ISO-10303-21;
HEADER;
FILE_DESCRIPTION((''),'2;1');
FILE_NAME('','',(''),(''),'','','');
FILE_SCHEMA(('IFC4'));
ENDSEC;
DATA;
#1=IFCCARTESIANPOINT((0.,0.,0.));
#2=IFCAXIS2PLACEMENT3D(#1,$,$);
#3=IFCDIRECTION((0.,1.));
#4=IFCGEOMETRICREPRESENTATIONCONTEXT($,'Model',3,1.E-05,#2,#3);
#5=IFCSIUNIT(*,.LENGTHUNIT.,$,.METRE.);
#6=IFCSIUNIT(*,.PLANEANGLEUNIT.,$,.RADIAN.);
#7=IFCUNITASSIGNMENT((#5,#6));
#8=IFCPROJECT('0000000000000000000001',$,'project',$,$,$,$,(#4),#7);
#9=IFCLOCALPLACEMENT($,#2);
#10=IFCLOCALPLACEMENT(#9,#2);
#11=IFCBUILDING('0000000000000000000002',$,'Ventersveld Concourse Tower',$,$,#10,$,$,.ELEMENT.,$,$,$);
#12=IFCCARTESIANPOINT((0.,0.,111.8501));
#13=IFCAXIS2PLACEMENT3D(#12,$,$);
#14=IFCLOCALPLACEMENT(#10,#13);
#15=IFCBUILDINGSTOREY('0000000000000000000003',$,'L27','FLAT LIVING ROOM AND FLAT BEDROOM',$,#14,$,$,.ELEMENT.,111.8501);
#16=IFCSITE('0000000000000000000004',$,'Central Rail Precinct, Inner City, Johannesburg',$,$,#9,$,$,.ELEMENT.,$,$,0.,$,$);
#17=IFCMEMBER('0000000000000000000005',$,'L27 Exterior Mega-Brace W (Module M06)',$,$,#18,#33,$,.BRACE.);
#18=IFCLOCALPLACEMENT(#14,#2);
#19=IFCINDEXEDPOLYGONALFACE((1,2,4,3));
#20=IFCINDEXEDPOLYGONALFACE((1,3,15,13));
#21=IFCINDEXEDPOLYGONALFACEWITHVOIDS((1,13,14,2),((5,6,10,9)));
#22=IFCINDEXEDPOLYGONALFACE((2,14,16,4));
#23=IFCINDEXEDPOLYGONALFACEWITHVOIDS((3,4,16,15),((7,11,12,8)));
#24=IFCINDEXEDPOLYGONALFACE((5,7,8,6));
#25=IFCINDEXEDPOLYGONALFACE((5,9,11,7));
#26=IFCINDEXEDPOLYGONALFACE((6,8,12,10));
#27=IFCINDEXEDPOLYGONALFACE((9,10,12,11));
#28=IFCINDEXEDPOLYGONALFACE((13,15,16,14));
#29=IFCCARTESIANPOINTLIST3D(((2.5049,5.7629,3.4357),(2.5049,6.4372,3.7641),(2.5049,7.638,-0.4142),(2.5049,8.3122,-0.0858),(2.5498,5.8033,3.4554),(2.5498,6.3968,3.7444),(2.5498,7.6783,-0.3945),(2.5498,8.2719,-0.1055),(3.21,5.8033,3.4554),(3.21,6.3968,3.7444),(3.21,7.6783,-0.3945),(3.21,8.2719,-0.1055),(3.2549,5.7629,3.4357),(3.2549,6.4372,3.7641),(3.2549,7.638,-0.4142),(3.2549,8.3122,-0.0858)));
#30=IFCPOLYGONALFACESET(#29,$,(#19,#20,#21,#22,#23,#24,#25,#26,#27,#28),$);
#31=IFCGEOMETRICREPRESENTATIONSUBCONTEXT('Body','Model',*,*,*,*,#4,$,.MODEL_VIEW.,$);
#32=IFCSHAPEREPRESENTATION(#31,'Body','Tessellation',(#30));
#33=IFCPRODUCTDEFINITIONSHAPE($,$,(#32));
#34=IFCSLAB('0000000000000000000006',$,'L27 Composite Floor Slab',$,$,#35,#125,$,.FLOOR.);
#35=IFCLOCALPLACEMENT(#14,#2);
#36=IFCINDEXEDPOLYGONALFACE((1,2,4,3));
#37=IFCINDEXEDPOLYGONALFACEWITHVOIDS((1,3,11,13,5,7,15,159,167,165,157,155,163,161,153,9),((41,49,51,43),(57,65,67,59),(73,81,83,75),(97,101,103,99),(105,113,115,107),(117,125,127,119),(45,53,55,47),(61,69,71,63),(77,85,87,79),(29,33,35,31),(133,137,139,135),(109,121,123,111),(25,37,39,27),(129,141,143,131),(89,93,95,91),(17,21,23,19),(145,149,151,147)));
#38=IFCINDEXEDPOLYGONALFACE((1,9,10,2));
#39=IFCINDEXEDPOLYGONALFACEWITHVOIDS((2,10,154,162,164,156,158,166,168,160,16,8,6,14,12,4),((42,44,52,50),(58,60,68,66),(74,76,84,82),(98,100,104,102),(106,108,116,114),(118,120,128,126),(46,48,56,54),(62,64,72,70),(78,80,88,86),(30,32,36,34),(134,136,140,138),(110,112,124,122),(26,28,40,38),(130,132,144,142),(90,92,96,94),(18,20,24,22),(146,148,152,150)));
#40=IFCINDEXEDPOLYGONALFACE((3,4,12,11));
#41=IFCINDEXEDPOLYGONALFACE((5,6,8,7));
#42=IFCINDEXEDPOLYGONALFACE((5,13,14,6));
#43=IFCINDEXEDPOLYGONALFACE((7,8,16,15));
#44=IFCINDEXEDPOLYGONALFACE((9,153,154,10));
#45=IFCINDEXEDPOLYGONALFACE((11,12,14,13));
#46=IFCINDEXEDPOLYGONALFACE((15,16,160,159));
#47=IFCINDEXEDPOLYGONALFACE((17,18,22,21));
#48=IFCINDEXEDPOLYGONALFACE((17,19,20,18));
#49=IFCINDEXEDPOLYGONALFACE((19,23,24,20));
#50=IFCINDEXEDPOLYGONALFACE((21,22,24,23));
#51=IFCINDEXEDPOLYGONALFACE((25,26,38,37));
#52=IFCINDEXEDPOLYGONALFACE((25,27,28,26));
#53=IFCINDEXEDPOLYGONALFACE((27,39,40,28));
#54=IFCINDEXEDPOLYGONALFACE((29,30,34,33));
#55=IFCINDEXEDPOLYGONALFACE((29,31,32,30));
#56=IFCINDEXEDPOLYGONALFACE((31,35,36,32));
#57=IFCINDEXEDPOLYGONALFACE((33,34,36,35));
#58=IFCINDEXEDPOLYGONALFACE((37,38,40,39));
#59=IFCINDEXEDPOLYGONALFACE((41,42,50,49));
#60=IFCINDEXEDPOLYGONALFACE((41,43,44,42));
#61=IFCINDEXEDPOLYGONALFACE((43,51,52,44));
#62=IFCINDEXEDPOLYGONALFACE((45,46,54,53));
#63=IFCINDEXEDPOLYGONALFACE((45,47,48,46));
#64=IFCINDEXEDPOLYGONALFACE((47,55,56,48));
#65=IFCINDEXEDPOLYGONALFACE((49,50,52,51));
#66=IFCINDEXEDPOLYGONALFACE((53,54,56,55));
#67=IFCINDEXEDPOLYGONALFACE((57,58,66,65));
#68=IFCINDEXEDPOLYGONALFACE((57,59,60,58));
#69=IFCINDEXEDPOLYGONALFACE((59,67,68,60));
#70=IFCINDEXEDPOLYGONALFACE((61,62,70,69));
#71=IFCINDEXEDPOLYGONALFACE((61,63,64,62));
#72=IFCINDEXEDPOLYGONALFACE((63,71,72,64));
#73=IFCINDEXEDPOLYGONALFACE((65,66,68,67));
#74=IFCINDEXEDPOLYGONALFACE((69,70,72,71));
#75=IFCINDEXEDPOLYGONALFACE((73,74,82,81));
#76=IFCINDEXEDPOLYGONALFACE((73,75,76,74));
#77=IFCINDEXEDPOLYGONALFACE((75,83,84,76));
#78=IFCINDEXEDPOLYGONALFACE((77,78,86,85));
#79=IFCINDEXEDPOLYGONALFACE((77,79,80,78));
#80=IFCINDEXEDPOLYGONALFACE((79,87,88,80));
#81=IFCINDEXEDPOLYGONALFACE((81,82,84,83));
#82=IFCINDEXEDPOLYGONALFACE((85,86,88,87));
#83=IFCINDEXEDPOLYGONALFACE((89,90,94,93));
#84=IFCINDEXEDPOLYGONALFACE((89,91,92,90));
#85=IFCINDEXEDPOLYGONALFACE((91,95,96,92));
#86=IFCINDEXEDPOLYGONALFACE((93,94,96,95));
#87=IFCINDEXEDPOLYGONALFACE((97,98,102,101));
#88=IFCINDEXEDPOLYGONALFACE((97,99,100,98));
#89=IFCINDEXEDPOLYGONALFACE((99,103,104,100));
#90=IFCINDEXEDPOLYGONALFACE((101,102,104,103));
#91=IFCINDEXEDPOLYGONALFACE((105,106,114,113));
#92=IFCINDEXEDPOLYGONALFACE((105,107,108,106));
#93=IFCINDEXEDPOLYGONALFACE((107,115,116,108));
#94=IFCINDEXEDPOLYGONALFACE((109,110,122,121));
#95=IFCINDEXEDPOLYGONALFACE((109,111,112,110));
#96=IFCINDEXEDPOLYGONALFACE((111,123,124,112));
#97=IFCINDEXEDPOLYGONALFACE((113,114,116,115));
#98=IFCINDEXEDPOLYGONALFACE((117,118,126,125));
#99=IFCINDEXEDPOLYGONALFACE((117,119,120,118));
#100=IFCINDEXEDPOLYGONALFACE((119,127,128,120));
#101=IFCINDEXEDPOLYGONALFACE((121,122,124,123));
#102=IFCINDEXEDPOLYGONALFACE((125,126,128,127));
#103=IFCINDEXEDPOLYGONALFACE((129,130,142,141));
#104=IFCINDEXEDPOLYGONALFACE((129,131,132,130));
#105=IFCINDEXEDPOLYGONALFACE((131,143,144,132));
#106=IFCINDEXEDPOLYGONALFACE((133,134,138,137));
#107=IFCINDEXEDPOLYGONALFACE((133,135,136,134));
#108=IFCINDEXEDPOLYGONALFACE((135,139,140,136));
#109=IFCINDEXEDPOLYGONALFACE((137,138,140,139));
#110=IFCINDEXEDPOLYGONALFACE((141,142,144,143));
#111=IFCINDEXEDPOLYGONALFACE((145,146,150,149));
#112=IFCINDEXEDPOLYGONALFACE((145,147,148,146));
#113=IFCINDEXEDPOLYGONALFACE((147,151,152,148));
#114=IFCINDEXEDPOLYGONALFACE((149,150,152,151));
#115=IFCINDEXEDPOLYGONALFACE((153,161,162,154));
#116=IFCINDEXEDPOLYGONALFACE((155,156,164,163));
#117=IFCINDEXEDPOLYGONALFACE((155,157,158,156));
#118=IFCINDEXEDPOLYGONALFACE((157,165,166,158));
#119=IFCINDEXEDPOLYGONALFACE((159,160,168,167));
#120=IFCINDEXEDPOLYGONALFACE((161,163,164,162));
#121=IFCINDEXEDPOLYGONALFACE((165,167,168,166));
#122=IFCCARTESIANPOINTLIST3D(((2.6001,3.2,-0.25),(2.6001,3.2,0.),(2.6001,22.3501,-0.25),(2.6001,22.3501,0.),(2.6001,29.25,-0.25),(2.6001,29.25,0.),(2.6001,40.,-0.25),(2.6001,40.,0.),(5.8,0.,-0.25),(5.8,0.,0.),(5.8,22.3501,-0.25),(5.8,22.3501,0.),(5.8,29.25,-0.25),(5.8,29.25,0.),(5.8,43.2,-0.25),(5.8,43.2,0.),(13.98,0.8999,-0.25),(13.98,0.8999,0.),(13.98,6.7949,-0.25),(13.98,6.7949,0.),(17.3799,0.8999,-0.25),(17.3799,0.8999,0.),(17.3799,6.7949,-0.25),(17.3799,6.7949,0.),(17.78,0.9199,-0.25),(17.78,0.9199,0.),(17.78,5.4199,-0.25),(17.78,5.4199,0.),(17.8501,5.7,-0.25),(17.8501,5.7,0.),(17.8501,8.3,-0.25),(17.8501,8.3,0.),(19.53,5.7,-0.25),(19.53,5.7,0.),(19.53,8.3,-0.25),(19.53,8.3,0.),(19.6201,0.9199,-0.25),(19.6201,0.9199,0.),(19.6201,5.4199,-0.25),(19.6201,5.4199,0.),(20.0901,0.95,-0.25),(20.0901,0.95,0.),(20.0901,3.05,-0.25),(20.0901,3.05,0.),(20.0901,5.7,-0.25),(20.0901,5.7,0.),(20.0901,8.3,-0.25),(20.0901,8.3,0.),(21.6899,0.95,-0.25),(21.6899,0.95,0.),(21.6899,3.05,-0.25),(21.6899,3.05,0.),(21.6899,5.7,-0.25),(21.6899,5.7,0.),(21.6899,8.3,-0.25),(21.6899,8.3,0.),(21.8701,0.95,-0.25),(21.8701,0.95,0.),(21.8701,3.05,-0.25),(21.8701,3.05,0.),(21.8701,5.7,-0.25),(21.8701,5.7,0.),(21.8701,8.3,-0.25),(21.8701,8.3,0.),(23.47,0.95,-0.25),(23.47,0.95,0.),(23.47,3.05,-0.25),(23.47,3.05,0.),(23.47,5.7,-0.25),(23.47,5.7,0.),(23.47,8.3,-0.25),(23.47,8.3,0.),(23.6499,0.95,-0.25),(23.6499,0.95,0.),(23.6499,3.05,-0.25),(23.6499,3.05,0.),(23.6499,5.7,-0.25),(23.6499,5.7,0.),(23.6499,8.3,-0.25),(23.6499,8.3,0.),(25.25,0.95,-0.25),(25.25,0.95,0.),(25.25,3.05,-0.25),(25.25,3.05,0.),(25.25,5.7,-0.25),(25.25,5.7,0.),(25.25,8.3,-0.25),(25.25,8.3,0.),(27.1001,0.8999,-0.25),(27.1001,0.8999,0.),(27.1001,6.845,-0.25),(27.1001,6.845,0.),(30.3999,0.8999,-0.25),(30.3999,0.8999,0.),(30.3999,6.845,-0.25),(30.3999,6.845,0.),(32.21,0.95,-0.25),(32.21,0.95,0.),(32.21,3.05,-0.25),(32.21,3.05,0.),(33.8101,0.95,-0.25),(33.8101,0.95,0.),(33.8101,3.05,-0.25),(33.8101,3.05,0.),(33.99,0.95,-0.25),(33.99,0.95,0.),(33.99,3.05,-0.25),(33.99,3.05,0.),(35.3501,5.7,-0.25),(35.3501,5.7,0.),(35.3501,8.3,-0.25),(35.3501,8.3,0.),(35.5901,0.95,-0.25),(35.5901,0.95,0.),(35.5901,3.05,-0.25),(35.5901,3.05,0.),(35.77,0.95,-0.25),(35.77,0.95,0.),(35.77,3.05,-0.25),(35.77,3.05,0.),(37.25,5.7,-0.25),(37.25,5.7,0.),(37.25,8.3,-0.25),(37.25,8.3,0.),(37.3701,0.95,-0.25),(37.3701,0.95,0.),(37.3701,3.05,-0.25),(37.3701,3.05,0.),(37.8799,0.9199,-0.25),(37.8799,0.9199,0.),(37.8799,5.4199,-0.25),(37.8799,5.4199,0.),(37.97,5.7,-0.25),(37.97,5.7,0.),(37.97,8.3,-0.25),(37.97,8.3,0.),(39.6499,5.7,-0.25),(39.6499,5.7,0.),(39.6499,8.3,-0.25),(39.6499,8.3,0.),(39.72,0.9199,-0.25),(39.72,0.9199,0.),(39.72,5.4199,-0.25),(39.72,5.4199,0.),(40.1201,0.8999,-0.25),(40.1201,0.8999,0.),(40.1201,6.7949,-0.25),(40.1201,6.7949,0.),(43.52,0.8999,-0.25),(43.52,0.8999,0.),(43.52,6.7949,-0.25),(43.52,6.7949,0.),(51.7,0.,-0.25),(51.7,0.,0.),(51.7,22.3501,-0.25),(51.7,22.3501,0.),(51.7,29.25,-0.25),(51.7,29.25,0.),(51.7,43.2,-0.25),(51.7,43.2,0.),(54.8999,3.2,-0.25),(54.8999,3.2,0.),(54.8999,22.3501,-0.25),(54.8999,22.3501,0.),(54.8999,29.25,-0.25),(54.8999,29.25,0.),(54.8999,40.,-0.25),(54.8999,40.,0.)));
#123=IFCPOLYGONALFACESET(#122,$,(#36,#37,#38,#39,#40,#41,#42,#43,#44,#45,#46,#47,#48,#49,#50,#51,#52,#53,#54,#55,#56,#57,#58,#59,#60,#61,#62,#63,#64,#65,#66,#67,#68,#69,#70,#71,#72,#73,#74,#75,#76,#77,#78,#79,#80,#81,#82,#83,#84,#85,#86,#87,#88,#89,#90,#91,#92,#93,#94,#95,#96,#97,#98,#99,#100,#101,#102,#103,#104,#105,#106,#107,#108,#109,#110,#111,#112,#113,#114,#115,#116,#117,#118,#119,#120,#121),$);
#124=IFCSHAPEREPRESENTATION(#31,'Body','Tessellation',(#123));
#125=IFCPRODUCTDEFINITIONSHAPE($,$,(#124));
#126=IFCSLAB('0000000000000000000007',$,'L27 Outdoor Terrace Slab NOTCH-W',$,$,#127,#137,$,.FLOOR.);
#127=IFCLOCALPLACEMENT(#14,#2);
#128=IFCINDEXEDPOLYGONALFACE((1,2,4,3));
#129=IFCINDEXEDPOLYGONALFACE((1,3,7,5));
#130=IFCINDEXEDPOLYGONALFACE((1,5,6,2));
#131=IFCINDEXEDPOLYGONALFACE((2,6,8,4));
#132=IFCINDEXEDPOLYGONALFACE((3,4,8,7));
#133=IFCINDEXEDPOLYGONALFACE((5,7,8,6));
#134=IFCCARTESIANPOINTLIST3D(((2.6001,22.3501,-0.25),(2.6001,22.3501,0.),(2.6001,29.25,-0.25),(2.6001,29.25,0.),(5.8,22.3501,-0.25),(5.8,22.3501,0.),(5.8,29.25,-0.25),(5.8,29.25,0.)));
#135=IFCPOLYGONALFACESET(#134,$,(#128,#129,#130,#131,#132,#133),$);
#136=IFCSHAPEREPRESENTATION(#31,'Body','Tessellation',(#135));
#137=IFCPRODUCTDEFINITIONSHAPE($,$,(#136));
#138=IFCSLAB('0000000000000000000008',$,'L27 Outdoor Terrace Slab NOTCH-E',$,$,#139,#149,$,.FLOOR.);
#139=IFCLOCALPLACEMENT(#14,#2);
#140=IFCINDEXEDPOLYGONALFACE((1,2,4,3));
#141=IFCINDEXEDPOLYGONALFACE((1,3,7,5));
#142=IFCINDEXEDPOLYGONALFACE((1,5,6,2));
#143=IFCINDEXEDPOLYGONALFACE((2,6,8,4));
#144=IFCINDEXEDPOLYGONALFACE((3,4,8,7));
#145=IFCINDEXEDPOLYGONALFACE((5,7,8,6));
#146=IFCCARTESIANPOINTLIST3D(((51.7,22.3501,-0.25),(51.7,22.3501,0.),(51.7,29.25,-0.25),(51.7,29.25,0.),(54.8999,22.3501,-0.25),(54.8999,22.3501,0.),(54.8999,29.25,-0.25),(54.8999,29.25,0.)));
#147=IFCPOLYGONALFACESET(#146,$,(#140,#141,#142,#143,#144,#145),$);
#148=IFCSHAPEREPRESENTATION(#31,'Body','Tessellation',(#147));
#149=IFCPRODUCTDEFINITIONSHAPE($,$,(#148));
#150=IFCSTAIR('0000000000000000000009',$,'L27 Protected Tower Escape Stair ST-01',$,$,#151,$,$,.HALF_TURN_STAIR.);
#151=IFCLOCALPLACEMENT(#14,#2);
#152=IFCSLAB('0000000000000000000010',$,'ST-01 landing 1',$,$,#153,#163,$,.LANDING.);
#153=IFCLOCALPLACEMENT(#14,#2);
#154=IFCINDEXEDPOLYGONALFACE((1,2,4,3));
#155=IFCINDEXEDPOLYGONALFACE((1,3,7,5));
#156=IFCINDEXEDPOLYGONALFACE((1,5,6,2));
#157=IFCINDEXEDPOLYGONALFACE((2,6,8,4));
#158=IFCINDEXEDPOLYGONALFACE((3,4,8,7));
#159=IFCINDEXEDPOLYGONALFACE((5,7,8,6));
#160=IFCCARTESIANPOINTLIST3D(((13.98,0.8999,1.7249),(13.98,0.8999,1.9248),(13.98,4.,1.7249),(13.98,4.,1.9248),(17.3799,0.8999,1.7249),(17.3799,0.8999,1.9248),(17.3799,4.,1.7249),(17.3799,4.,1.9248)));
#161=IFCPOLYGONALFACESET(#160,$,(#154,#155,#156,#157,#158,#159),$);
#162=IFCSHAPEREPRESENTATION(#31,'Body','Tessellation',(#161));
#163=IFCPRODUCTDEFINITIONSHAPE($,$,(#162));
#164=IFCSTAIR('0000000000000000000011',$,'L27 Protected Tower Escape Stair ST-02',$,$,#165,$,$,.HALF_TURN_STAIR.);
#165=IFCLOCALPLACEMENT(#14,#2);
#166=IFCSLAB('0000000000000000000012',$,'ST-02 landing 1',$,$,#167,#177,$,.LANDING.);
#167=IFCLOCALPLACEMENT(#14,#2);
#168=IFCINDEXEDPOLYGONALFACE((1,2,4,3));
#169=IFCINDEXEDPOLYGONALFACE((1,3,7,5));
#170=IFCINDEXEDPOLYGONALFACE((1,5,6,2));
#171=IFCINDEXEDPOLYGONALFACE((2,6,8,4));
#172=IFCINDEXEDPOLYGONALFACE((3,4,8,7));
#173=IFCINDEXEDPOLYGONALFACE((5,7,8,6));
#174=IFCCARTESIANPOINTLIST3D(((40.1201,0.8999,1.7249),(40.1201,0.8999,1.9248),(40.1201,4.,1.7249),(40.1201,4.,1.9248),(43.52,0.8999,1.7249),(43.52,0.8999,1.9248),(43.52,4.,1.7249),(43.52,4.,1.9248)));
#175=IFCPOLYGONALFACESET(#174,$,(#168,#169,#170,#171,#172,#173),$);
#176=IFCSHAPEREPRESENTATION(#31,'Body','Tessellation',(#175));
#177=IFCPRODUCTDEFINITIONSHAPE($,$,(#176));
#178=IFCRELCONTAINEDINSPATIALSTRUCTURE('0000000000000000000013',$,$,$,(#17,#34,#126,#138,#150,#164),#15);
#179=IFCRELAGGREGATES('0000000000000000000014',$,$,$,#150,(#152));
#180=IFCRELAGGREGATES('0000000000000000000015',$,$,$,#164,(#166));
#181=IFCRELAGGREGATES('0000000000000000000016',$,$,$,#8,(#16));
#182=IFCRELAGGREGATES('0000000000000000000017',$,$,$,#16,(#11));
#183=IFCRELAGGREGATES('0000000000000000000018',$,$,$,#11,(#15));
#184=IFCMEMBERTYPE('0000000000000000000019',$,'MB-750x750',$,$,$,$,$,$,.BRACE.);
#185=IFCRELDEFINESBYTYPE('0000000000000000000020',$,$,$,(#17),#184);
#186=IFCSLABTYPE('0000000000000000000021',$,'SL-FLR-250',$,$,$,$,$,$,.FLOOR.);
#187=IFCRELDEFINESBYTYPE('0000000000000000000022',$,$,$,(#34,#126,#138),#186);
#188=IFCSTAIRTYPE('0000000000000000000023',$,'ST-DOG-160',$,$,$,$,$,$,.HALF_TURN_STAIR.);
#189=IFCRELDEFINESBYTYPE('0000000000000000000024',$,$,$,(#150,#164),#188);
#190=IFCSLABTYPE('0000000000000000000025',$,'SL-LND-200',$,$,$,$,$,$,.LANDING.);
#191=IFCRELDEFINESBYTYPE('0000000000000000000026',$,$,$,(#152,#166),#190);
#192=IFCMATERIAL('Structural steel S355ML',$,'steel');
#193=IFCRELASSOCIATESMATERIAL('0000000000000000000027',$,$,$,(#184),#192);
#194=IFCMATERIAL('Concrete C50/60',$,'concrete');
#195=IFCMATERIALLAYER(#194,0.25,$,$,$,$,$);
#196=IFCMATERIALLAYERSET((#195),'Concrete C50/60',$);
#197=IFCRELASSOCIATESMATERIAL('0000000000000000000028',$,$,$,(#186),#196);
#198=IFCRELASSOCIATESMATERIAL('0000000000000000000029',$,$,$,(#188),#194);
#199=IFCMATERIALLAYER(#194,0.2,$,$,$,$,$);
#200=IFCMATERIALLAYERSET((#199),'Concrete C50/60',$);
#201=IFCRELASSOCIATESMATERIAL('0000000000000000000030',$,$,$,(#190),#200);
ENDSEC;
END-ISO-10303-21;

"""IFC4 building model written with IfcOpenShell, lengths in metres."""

from ifc_helpers import new_model, si_unit, direction, frame, origin, origin_2d, place, context, subcontext, project, spatial, polyline, hollow_rectangle, outline, extrude, material, layer, layer_set, material_profile, profile_set, type_object, element, aggregate, save


model = new_model("IFC4")

# Units and contexts
model_context = context("Model", 3, precision=1e-05, world=origin(), true_north=direction((0.0, 1.0)))
body_context = subcontext(model_context, "Body", "Model", "MODEL_VIEW")
ifc_project = project(units=[si_unit("LENGTHUNIT", "METRE"), si_unit("PLANEANGLEUNIT", "RADIAN")], contexts=[model_context])

# Site, building, storey
site_placement = place(None, origin())
site = spatial("IfcSite", under=ifc_project, at=site_placement, Name="Central Rail Precinct, Inner City, Johannesburg", CompositionType="ELEMENT", RefElevation=0.0)
building_placement = place(site_placement, origin())
building = spatial("IfcBuilding", under=site, at=building_placement, Name="Ventersveld Concourse Tower", CompositionType="ELEMENT")
storey_placement = place(building_placement, frame((0.0, 0.0, 111.8501)))
storey = spatial("IfcBuildingStorey", under=building, at=storey_placement, Name="L27", Description="FLAT LIVING ROOM AND FLAT BEDROOM", CompositionType="ELEMENT", Elevation=111.8501)

# Member
ifc_material_1 = material(Name="Structural steel S355ML", Category="steel")
ifc_material_profile = material_profile(ifc_material_1, hollow_rectangle(XDim=0.75, YDim=0.75, WallThickness=0.0449, at=origin_2d()), Name="BOX 750x750x45")
ifc_profile_set = profile_set([ifc_material_profile], Name="Structural steel S355ML")
member_type = type_object("IfcMemberType", Name="MB-750x750", PredefinedType="BRACE", material=ifc_profile_set)
member_placement = place(storey_placement, frame((2.8799, 7.9751, -0.25), z_axis=(0.0, -0.437862, 0.899042), x_axis=(1.0, 0.0, 0.0)))
element("IfcMember", 1, at=member_placement, inside=storey, type_object=member_type, Name="L27 Exterior Mega-Brace W (Module M06)", PredefinedType="BRACE", context=body_context, shape_type="SweptSolid", body=[
    extrude(hollow_rectangle(XDim=0.75, YDim=0.75, WallThickness=0.0449, at=origin_2d()), origin(), (0.0, 0.0, 1.0), 4.2822),
])

# Slabs
ifc_material_2 = material(Name="Concrete C50/60", Category="concrete")
ifc_layer_1 = layer(ifc_material_2, 0.25)
ifc_layer_set_1 = layer_set([ifc_layer_1], Name="Concrete C50/60")
slab_type_1 = type_object("IfcSlabType", Name="SL-FLR-250", PredefinedType="FLOOR", material=ifc_layer_set_1)
slab_1_placement = place(storey_placement, frame((0.0, 0.0, -0.25)))
element("IfcSlab", 2, at=slab_1_placement, inside=storey, type_object=slab_type_1, Name="L27 Composite Floor Slab", PredefinedType="FLOOR", context=body_context, shape_type="SweptSolid", body=[
    extrude(outline(polyline([(5.8, 0.0), (51.7, 0.0), (54.8999, 3.2), (54.8999, 22.3501), (51.7, 22.3501), (51.7, 29.25), (54.8999, 29.25), (54.8999, 40.0), (51.7, 43.2), (5.8, 43.2), (2.6001, 40.0), (2.6001, 29.25), (5.8, 29.25), (5.8, 22.3501), (2.6001, 22.3501), (2.6001, 3.2), (5.8, 0.0)]), holes=[polyline([(13.98, 6.7949), (13.98, 0.8999), (17.3799, 0.8999), (17.3799, 6.7949), (13.98, 6.7949)]), polyline([(40.1201, 6.7949), (40.1201, 0.8999), (43.52, 0.8999), (43.52, 6.7949), (40.1201, 6.7949)]), polyline([(27.1001, 6.845), (27.1001, 0.8999), (30.3999, 0.8999), (30.3999, 6.845), (27.1001, 6.845)]), polyline([(17.8501, 5.7), (19.53, 5.7), (19.53, 8.3), (17.8501, 8.3), (17.8501, 5.7)]), polyline([(37.97, 5.7), (39.6499, 5.7), (39.6499, 8.3), (37.97, 8.3), (37.97, 5.7)]), polyline([(35.3501, 5.7), (37.25, 5.7), (37.25, 8.3), (35.3501, 8.3), (35.3501, 5.7)]), polyline([(20.0901, 0.95), (21.6899, 0.95), (21.6899, 3.05), (20.0901, 3.05), (20.0901, 0.95)]), polyline([(21.8701, 0.95), (23.47, 0.95), (23.47, 3.05), (21.8701, 3.05), (21.8701, 0.95)]), polyline([(23.6499, 0.95), (25.25, 0.95), (25.25, 3.05), (23.6499, 3.05), (23.6499, 0.95)]), polyline([(32.21, 0.95), (33.8101, 0.95), (33.8101, 3.05), (32.21, 3.05), (32.21, 0.95)]), polyline([(33.99, 0.95), (35.5901, 0.95), (35.5901, 3.05), (33.99, 3.05), (33.99, 0.95)]), polyline([(35.77, 0.95), (37.3701, 0.95), (37.3701, 3.05), (35.77, 3.05), (35.77, 0.95)]), polyline([(20.0901, 5.7), (21.6899, 5.7), (21.6899, 8.3), (20.0901, 8.3), (20.0901, 5.7)]), polyline([(21.8701, 5.7), (23.47, 5.7), (23.47, 8.3), (21.8701, 8.3), (21.8701, 5.7)]), polyline([(23.6499, 5.7), (25.25, 5.7), (25.25, 8.3), (23.6499, 8.3), (23.6499, 5.7)]), polyline([(17.78, 0.9199), (19.6201, 0.9199), (19.6201, 5.4199), (17.78, 5.4199), (17.78, 0.9199)]), polyline([(37.8799, 0.9199), (39.72, 0.9199), (39.72, 5.4199), (37.8799, 5.4199), (37.8799, 0.9199)])]), origin(), (0.0, 0.0, 1.0), 0.25),
])
slab_2_placement = place(storey_placement, frame((0.0, 0.0, -0.25)))
element("IfcSlab", 3, at=slab_2_placement, inside=storey, type_object=slab_type_1, Name="L27 Outdoor Terrace Slab NOTCH-W", PredefinedType="FLOOR", context=body_context, shape_type="SweptSolid", body=[
    extrude(outline(polyline([(2.6001, 22.3501), (5.8, 22.3501), (5.8, 29.25), (2.6001, 29.25), (2.6001, 22.3501)])), origin(), (0.0, 0.0, 1.0), 0.25),
])
slab_3_placement = place(storey_placement, frame((0.0, 0.0, -0.25)))
element("IfcSlab", 4, at=slab_3_placement, inside=storey, type_object=slab_type_1, Name="L27 Outdoor Terrace Slab NOTCH-E", PredefinedType="FLOOR", context=body_context, shape_type="SweptSolid", body=[
    extrude(outline(polyline([(51.7, 22.3501), (54.8999, 22.3501), (54.8999, 29.25), (51.7, 29.25), (51.7, 22.3501)])), origin(), (0.0, 0.0, 1.0), 0.25),
])

# Stairs, slabs
stair_type_1 = type_object("IfcStairType", Name="ST-DOG-160", PredefinedType="HALF_TURN_STAIR", material=ifc_material_2)
stair_1_placement = place(storey_placement, origin())
stair_1 = element("IfcStair", 5, at=stair_1_placement, inside=storey, type_object=stair_type_1, Name="L27 Protected Tower Escape Stair ST-01", PredefinedType="HALF_TURN_STAIR")
ifc_layer_2 = layer(ifc_material_2, 0.2)
ifc_layer_set_2 = layer_set([ifc_layer_2], Name="Concrete C50/60")
slab_type_2 = type_object("IfcSlabType", Name="SL-LND-200", PredefinedType="LANDING", material=ifc_layer_set_2)
slab_4_placement = place(storey_placement, frame((0.0, 0.0, 1.7249)))
slab_4 = element("IfcSlab", 6, at=slab_4_placement, type_object=slab_type_2, Name="ST-01 landing 1", PredefinedType="LANDING", context=body_context, shape_type="SweptSolid", body=[
    extrude(outline(polyline([(13.98, 4.0), (13.98, 0.8999), (17.3799, 0.8999), (17.3799, 4.0), (13.98, 4.0)])), origin(), (0.0, 0.0, 1.0), 0.2),
])
aggregate(stair_1, [slab_4])
stair_2_placement = place(storey_placement, origin())
stair_2 = element("IfcStair", 7, at=stair_2_placement, inside=storey, type_object=stair_type_1, Name="L27 Protected Tower Escape Stair ST-02", PredefinedType="HALF_TURN_STAIR")
slab_5_placement = place(storey_placement, frame((0.0, 0.0, 1.7249)))
slab_5 = element("IfcSlab", 8, at=slab_5_placement, type_object=slab_type_2, Name="ST-02 landing 1", PredefinedType="LANDING", context=body_context, shape_type="SweptSolid", body=[
    extrude(outline(polyline([(40.1201, 4.0), (40.1201, 0.8999), (43.52, 0.8999), (43.52, 4.0), (40.1201, 4.0)])), origin(), (0.0, 0.0, 1.0), 0.2),
])
aggregate(stair_2, [slab_5])

save(model, "model.ifc")
